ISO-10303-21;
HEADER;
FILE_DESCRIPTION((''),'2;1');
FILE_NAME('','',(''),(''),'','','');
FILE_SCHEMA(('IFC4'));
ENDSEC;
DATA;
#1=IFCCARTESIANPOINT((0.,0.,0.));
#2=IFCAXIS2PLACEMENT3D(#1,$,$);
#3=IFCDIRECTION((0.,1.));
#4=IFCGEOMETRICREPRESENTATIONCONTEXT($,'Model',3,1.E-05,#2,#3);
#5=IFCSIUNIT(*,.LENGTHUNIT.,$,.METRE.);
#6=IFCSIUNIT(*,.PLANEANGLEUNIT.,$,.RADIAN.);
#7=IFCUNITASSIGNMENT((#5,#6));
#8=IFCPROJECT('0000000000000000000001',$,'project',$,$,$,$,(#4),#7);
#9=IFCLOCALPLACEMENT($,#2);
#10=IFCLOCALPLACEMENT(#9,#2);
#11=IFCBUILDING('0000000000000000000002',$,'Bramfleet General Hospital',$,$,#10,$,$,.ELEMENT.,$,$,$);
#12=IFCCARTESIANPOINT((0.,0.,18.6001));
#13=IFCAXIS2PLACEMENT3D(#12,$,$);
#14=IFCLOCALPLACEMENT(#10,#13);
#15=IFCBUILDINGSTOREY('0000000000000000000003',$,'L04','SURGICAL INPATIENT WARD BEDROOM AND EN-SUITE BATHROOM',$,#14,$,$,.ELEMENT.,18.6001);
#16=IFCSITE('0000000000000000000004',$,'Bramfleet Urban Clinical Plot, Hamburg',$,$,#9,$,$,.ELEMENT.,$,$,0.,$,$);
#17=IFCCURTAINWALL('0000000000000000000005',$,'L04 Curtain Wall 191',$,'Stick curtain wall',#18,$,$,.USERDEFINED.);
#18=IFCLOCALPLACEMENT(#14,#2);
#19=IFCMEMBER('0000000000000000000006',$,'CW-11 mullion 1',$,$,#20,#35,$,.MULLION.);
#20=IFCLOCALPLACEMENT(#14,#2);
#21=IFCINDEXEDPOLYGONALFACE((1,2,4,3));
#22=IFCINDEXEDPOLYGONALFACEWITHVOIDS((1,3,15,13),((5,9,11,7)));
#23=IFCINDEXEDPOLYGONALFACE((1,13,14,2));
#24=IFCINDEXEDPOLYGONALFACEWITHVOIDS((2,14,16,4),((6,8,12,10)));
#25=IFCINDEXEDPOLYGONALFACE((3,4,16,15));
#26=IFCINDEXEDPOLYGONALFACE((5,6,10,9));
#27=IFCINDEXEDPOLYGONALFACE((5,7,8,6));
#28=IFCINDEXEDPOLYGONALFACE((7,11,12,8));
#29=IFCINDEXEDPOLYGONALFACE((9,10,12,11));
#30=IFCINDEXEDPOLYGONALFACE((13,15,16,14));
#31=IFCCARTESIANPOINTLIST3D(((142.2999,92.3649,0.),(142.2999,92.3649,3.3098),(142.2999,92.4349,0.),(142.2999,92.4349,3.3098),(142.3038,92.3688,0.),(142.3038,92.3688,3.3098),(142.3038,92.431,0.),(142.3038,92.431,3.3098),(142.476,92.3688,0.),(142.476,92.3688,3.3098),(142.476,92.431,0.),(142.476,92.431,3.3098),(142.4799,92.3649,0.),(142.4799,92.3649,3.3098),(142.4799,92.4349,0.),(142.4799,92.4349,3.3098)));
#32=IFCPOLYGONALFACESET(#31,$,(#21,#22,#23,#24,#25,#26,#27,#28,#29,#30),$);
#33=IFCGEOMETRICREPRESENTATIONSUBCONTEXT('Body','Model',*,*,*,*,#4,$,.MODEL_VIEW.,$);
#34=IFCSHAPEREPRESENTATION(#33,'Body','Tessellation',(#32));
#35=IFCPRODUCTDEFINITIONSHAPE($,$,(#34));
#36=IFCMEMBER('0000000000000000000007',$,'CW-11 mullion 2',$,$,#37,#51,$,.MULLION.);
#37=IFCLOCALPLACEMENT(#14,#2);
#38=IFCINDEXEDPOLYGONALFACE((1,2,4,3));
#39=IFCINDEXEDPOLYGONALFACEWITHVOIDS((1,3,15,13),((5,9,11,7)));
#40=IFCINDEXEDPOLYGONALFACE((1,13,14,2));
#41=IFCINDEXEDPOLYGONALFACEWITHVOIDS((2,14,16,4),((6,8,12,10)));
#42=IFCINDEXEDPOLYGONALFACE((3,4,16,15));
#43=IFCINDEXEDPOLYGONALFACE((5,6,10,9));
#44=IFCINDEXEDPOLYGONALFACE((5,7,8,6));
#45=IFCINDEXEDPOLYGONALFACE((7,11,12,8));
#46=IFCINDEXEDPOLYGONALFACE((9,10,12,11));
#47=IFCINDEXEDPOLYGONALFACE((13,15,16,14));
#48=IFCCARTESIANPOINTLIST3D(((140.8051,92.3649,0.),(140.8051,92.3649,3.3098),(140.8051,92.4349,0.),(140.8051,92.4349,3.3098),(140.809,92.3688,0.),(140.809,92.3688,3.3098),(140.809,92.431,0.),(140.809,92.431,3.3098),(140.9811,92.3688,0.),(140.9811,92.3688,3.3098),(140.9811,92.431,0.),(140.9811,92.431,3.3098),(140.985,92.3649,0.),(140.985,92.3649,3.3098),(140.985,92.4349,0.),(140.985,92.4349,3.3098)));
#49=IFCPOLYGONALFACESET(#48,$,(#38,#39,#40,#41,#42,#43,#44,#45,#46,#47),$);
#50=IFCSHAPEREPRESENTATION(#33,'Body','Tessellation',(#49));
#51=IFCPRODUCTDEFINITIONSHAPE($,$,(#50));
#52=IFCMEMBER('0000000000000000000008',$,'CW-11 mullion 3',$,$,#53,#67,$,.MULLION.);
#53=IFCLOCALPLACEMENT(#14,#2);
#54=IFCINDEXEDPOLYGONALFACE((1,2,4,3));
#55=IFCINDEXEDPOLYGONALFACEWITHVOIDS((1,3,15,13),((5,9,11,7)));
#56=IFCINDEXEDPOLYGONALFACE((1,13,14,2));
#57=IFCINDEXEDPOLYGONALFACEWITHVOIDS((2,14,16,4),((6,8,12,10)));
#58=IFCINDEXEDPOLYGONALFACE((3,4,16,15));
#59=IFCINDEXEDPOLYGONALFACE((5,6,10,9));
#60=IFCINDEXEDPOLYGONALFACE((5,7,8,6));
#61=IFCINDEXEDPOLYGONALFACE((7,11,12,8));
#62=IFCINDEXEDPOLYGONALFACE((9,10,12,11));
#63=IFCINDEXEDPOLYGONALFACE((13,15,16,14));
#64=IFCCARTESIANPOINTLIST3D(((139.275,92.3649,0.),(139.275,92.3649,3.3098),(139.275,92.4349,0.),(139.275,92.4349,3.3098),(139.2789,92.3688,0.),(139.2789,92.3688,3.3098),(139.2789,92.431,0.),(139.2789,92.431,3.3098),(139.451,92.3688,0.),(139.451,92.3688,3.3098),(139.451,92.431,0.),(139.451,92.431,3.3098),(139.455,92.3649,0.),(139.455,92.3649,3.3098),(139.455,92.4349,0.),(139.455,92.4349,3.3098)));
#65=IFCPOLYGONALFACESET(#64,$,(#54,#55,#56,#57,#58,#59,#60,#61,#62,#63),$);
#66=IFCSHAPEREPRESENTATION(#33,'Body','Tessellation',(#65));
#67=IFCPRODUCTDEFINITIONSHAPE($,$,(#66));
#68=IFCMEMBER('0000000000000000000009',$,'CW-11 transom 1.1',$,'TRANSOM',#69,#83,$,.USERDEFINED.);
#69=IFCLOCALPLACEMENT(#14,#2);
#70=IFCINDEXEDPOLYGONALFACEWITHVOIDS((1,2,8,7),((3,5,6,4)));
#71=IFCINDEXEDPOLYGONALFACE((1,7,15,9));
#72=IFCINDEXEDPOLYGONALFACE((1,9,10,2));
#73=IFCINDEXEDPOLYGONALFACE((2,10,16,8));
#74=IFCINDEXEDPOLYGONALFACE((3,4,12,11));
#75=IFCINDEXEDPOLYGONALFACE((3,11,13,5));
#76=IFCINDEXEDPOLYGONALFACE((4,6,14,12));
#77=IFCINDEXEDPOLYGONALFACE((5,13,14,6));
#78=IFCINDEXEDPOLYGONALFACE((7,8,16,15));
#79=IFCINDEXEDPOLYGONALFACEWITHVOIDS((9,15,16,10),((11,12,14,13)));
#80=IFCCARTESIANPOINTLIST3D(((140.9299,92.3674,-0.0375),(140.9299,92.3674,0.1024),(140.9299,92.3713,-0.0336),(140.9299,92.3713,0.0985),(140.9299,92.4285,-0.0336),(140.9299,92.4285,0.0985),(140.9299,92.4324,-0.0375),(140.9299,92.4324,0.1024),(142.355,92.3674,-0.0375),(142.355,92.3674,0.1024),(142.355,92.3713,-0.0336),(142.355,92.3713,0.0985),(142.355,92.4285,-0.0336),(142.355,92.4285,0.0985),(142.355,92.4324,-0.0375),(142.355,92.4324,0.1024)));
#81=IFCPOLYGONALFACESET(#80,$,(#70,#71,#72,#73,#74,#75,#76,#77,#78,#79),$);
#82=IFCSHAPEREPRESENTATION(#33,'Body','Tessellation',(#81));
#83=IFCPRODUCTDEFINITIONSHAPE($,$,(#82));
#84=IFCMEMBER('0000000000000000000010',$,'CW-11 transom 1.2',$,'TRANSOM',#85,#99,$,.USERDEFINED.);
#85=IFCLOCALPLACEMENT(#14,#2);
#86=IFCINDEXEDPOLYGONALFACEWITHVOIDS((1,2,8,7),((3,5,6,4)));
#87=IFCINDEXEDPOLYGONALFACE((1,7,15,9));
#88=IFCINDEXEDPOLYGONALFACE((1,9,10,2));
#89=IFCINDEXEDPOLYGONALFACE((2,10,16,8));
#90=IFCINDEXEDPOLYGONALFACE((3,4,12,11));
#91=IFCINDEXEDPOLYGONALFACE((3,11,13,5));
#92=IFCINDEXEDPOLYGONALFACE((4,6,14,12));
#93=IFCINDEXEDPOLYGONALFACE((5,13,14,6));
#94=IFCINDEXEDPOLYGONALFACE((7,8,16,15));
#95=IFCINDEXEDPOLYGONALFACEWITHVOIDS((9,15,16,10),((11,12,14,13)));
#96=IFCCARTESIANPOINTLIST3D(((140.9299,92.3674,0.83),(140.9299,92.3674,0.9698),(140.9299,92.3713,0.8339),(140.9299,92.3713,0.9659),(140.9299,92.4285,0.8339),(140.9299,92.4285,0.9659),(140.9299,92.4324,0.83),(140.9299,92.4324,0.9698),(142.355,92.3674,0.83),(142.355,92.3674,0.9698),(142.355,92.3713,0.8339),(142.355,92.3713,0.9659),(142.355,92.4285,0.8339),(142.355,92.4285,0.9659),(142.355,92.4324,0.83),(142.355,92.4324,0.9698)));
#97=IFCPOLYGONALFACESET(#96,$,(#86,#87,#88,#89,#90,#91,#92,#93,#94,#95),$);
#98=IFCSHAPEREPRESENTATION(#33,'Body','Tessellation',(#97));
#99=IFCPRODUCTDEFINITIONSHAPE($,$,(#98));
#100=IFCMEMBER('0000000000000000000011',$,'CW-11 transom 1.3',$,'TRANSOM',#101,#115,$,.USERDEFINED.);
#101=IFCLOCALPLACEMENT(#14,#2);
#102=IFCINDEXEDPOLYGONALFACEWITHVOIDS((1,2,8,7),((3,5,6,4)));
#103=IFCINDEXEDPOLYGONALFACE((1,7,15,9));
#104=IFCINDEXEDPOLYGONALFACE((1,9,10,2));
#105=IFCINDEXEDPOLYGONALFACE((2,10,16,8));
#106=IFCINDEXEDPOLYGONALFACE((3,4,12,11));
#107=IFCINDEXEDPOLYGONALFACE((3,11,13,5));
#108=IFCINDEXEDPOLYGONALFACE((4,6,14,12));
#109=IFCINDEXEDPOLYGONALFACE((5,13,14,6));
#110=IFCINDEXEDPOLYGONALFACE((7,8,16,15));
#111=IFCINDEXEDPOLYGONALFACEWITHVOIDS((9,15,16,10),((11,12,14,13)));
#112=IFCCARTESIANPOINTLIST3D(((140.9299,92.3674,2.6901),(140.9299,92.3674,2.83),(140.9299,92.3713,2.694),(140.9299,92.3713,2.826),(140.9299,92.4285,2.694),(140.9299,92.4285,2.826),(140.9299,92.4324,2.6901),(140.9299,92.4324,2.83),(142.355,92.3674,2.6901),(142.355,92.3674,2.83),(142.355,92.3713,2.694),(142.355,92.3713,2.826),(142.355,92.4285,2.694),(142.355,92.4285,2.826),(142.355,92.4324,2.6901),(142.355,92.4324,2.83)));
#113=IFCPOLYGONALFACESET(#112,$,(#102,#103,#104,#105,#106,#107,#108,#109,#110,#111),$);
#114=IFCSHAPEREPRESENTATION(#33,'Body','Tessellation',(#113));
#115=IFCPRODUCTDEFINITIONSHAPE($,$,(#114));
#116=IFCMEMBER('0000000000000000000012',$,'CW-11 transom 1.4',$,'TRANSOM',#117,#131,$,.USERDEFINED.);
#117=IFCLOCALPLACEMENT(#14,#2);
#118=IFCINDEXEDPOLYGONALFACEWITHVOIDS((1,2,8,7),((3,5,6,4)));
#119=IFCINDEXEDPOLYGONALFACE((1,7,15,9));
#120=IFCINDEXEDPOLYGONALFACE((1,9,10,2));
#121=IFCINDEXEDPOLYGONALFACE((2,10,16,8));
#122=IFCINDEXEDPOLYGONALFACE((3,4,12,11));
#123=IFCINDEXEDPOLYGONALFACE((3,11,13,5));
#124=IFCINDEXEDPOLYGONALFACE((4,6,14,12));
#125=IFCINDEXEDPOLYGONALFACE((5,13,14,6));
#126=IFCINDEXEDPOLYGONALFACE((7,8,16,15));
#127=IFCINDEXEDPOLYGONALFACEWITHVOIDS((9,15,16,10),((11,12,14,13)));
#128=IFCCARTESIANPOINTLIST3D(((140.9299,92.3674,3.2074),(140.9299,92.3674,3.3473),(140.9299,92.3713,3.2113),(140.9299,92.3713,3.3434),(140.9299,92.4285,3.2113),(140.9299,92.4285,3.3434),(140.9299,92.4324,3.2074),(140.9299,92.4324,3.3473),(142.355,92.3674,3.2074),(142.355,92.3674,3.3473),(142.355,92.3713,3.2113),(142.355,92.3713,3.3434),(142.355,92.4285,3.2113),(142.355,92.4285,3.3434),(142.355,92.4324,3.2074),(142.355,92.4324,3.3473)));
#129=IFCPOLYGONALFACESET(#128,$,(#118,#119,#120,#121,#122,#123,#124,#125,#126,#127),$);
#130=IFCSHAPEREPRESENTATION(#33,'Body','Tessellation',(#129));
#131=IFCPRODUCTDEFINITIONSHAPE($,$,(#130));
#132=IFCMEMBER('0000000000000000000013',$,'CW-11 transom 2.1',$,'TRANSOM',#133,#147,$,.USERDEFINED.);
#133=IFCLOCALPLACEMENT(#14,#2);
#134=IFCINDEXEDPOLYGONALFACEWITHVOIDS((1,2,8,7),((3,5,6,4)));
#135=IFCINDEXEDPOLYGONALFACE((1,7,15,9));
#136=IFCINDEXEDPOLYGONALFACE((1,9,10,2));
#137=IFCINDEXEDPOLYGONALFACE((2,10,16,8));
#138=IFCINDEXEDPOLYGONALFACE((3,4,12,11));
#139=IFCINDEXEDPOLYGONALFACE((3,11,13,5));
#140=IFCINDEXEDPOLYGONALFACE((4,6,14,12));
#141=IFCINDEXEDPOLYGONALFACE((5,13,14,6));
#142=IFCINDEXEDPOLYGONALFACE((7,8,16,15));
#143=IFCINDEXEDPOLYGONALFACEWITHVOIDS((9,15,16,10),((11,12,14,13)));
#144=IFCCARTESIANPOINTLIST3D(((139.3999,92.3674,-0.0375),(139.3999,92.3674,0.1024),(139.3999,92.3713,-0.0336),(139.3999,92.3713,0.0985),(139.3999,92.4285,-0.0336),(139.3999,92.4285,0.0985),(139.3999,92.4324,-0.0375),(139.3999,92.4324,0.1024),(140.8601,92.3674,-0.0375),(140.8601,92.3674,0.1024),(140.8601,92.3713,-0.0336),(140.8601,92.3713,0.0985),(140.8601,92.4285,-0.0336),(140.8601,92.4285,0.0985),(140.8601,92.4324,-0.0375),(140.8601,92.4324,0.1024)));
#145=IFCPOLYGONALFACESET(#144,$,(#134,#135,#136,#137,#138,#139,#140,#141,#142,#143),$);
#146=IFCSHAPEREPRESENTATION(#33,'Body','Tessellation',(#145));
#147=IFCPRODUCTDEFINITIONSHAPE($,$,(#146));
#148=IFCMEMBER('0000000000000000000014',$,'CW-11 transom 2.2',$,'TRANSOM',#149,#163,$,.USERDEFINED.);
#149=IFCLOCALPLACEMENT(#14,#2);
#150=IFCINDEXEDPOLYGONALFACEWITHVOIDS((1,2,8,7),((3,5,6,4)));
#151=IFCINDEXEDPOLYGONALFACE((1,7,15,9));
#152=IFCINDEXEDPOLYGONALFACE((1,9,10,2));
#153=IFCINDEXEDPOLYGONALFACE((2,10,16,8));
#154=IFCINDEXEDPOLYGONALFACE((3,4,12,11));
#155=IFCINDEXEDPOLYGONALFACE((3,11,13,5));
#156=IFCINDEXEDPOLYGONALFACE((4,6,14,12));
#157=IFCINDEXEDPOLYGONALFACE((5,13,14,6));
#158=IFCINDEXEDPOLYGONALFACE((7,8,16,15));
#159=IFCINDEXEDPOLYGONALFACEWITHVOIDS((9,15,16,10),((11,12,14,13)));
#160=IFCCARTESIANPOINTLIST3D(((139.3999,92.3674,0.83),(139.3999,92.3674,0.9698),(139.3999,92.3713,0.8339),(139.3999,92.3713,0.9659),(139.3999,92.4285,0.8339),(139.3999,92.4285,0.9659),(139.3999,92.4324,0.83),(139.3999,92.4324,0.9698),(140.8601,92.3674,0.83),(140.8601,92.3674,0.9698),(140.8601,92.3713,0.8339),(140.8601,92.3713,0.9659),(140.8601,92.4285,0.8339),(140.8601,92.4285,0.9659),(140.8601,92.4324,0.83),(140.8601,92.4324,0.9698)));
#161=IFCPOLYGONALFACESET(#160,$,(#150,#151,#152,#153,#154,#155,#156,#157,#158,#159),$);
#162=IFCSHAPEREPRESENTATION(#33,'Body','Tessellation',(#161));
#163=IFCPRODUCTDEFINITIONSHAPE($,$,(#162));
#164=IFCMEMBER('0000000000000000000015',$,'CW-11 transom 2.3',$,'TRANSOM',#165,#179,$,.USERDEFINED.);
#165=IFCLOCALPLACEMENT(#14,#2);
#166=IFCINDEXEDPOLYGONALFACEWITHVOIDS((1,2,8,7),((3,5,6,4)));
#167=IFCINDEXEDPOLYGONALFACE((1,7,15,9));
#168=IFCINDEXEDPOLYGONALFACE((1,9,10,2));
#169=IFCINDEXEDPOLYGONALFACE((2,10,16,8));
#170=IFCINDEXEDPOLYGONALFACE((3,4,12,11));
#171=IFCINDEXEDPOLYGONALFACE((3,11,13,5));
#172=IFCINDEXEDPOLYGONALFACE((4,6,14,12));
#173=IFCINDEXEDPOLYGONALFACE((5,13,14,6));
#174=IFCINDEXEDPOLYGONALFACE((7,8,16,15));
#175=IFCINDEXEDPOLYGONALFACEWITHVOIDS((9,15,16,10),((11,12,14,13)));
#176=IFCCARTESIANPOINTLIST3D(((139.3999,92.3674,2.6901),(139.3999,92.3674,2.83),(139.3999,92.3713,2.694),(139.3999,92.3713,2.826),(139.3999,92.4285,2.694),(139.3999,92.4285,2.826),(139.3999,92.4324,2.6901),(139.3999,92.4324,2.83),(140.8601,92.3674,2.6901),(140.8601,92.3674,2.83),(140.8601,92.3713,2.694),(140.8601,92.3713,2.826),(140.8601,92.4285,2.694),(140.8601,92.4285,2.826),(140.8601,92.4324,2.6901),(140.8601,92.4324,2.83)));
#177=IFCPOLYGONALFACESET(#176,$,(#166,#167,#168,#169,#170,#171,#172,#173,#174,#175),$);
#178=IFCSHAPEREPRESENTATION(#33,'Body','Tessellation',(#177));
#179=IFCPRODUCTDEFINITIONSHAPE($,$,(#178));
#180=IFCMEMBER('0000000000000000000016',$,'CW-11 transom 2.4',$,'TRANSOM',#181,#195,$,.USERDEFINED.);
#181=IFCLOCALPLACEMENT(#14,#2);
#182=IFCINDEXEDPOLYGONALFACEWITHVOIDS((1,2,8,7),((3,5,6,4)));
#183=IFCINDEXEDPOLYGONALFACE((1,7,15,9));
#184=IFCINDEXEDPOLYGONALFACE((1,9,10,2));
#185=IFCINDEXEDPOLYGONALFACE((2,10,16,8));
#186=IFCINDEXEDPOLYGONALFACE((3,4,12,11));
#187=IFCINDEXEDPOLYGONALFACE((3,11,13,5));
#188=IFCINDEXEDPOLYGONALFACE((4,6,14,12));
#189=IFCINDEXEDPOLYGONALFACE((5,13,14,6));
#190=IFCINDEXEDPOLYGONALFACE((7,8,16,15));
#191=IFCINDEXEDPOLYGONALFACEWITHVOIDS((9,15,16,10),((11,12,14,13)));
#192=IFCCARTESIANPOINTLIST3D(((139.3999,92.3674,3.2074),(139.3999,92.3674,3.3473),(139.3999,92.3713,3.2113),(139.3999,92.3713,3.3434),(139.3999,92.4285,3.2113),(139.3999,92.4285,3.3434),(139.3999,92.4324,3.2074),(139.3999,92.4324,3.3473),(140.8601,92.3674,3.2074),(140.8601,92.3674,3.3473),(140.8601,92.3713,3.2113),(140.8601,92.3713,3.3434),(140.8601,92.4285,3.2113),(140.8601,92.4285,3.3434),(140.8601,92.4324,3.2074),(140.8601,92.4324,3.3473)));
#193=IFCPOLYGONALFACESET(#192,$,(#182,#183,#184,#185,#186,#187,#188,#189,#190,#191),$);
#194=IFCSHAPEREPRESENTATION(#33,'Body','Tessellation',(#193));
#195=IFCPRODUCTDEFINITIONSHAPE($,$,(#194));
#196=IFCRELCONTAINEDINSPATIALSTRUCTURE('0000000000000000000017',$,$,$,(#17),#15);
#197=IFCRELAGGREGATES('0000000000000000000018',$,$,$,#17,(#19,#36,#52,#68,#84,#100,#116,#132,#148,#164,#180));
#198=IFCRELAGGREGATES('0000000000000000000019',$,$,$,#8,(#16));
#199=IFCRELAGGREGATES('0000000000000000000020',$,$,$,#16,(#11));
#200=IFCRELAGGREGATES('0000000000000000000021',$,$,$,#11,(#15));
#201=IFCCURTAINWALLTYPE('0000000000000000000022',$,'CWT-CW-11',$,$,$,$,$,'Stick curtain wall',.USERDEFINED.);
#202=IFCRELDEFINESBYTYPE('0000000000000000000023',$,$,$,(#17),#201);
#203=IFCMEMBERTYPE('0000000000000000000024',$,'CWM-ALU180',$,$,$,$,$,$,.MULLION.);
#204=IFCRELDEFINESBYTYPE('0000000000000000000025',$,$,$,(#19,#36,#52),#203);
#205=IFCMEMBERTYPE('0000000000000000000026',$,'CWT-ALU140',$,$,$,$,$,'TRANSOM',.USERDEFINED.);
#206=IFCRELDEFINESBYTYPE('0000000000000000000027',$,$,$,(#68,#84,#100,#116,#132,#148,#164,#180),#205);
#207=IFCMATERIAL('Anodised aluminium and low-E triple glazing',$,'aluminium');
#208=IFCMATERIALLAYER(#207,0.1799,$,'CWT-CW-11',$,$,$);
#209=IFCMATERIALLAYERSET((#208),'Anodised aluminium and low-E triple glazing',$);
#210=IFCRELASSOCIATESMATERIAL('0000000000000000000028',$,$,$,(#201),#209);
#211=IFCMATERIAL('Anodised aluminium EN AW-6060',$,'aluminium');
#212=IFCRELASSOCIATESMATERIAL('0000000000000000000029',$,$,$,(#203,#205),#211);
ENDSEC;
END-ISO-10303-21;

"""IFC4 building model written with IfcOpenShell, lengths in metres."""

from ifc_helpers import new_model, si_unit, direction, frame, origin, origin_2d, place, context, subcontext, project, spatial, hollow_rectangle, extrude, material, layer, layer_set, material_profile, profile_set, type_object, element, aggregate, save


model = new_model("IFC4")

# Units and contexts
model_context = context("Model", 3, precision=1e-05, world=origin(), true_north=direction((0.0, 1.0)))
body_context = subcontext(model_context, "Body", "Model", "MODEL_VIEW")
ifc_project = project(units=[si_unit("LENGTHUNIT", "METRE"), si_unit("PLANEANGLEUNIT", "RADIAN")], contexts=[model_context])

# Site, building, storey
site_placement = place(None, origin())
site = spatial("IfcSite", under=ifc_project, at=site_placement, Name="Bramfleet Urban Clinical Plot, Hamburg", CompositionType="ELEMENT", RefElevation=0.0)
building_placement = place(site_placement, origin())
building = spatial("IfcBuilding", under=site, at=building_placement, Name="Bramfleet General Hospital", CompositionType="ELEMENT")
storey_placement = place(building_placement, frame((0.0, 0.0, 18.6001)))
storey = spatial("IfcBuildingStorey", under=building, at=storey_placement, Name="L04", Description="SURGICAL INPATIENT WARD BEDROOM AND EN-SUITE BATHROOM", CompositionType="ELEMENT", Elevation=18.6001)

# Curtain wall, members
ifc_material_1 = material(Name="Anodised aluminium and low-E triple glazing", Category="aluminium")
ifc_layer_1 = layer(ifc_material_1, 0.1799, Name="CWT-CW-11")
ifc_layer_set_1 = layer_set([ifc_layer_1], Name="Anodised aluminium and low-E triple glazing")
curtain_wall_type = type_object("IfcCurtainWallType", Name="CWT-CW-11", ElementType="Stick curtain wall", PredefinedType="USERDEFINED", material=ifc_layer_set_1)
curtain_wall_placement = place(storey_placement, origin())
curtain_wall = element("IfcCurtainWall", 1, at=curtain_wall_placement, inside=storey, type_object=curtain_wall_type, Name="L04 Curtain Wall 191", ObjectType="Stick curtain wall", PredefinedType="USERDEFINED")
ifc_material_2 = material(Name="Anodised aluminium EN AW-6060", Category="aluminium")
ifc_material_profile_1 = material_profile(ifc_material_2, hollow_rectangle(XDim=0.0701, YDim=0.1799, WallThickness=0.0039, at=origin_2d()), Name="ALU 180x70x4.0")
ifc_profile_set_1 = profile_set([ifc_material_profile_1], Name="Anodised aluminium EN AW-6060")
member_type_1 = type_object("IfcMemberType", Name="CWM-ALU180", PredefinedType="MULLION", material=ifc_profile_set_1)
member_1_placement = place(storey_placement, frame((142.3899, 92.3999, 0.0), z_axis=(0.0, 0.0, 1.0), x_axis=(0.0, -1.0, 0.0)))
member_1 = element("IfcMember", 2, at=member_1_placement, type_object=member_type_1, Name="CW-11 mullion 1", PredefinedType="MULLION", context=body_context, shape_type="SweptSolid", body=[
    extrude(hollow_rectangle(XDim=0.0701, YDim=0.1799, WallThickness=0.0039, at=origin_2d()), origin(), (0.0, 0.0, 1.0), 3.3098),
])
member_2_placement = place(storey_placement, frame((140.895, 92.3999, 0.0), z_axis=(0.0, 0.0, 1.0), x_axis=(0.0, -1.0, 0.0)))
member_2 = element("IfcMember", 3, at=member_2_placement, type_object=member_type_1, Name="CW-11 mullion 2", PredefinedType="MULLION", context=body_context, shape_type="SweptSolid", body=[
    extrude(hollow_rectangle(XDim=0.0701, YDim=0.1799, WallThickness=0.0039, at=origin_2d()), origin(), (0.0, 0.0, 1.0), 3.3098),
])
member_3_placement = place(storey_placement, frame((139.365, 92.3999, 0.0), z_axis=(0.0, 0.0, 1.0), x_axis=(0.0, -1.0, 0.0)))
member_3 = element("IfcMember", 4, at=member_3_placement, type_object=member_type_1, Name="CW-11 mullion 3", PredefinedType="MULLION", context=body_context, shape_type="SweptSolid", body=[
    extrude(hollow_rectangle(XDim=0.0701, YDim=0.1799, WallThickness=0.0039, at=origin_2d()), origin(), (0.0, 0.0, 1.0), 3.3098),
])
ifc_material_profile_2 = material_profile(ifc_material_2, hollow_rectangle(XDim=0.0649, YDim=0.1399, WallThickness=0.0039, at=origin_2d()), Name="ALU 140x65x4.0")
ifc_profile_set_2 = profile_set([ifc_material_profile_2], Name="Anodised aluminium EN AW-6060")
member_type_2 = type_object("IfcMemberType", Name="CWT-ALU140", ElementType="TRANSOM", PredefinedType="USERDEFINED", material=ifc_profile_set_2)
member_4_placement = place(storey_placement, frame((142.355, 92.3999, 0.0325), z_axis=(-1.0, 0.0, 0.0), x_axis=(0.0, -1.0, 0.0)))
member_4 = element("IfcMember", 5, at=member_4_placement, type_object=member_type_2, Name="CW-11 transom 1.1", ObjectType="TRANSOM", PredefinedType="USERDEFINED", context=body_context, shape_type="SweptSolid", body=[
    extrude(hollow_rectangle(XDim=0.0649, YDim=0.1399, WallThickness=0.0039, at=origin_2d()), origin(), (0.0, 0.0, 1.0), 1.425),
])
member_5_placement = place(storey_placement, frame((142.355, 92.3999, 0.8999), z_axis=(-1.0, 0.0, 0.0), x_axis=(0.0, -1.0, 0.0)))
member_5 = element("IfcMember", 6, at=member_5_placement, type_object=member_type_2, Name="CW-11 transom 1.2", ObjectType="TRANSOM", PredefinedType="USERDEFINED", context=body_context, shape_type="SweptSolid", body=[
    extrude(hollow_rectangle(XDim=0.0649, YDim=0.1399, WallThickness=0.0039, at=origin_2d()), origin(), (0.0, 0.0, 1.0), 1.425),
])
member_6_placement = place(storey_placement, frame((142.355, 92.3999, 2.76), z_axis=(-1.0, 0.0, 0.0), x_axis=(0.0, -1.0, 0.0)))
member_6 = element("IfcMember", 7, at=member_6_placement, type_object=member_type_2, Name="CW-11 transom 1.3", ObjectType="TRANSOM", PredefinedType="USERDEFINED", context=body_context, shape_type="SweptSolid", body=[
    extrude(hollow_rectangle(XDim=0.0649, YDim=0.1399, WallThickness=0.0039, at=origin_2d()), origin(), (0.0, 0.0, 1.0), 1.425),
])
member_7_placement = place(storey_placement, frame((142.355, 92.3999, 3.2773), z_axis=(-1.0, 0.0, 0.0), x_axis=(0.0, -1.0, 0.0)))
member_7 = element("IfcMember", 8, at=member_7_placement, type_object=member_type_2, Name="CW-11 transom 1.4", ObjectType="TRANSOM", PredefinedType="USERDEFINED", context=body_context, shape_type="SweptSolid", body=[
    extrude(hollow_rectangle(XDim=0.0649, YDim=0.1399, WallThickness=0.0039, at=origin_2d()), origin(), (0.0, 0.0, 1.0), 1.425),
])
member_8_placement = place(storey_placement, frame((140.8601, 92.3999, 0.0325), z_axis=(-1.0, 0.0, 0.0), x_axis=(0.0, -1.0, 0.0)))
member_8 = element("IfcMember", 9, at=member_8_placement, type_object=member_type_2, Name="CW-11 transom 2.1", ObjectType="TRANSOM", PredefinedType="USERDEFINED", context=body_context, shape_type="SweptSolid", body=[
    extrude(hollow_rectangle(XDim=0.0649, YDim=0.1399, WallThickness=0.0039, at=origin_2d()), origin(), (0.0, 0.0, 1.0), 1.4602),
])
member_9_placement = place(storey_placement, frame((140.8601, 92.3999, 0.8999), z_axis=(-1.0, 0.0, 0.0), x_axis=(0.0, -1.0, 0.0)))
member_9 = element("IfcMember", 10, at=member_9_placement, type_object=member_type_2, Name="CW-11 transom 2.2", ObjectType="TRANSOM", PredefinedType="USERDEFINED", context=body_context, shape_type="SweptSolid", body=[
    extrude(hollow_rectangle(XDim=0.0649, YDim=0.1399, WallThickness=0.0039, at=origin_2d()), origin(), (0.0, 0.0, 1.0), 1.4602),
])
member_10_placement = place(storey_placement, frame((140.8601, 92.3999, 2.76), z_axis=(-1.0, 0.0, 0.0), x_axis=(0.0, -1.0, 0.0)))
member_10 = element("IfcMember", 11, at=member_10_placement, type_object=member_type_2, Name="CW-11 transom 2.3", ObjectType="TRANSOM", PredefinedType="USERDEFINED", context=body_context, shape_type="SweptSolid", body=[
    extrude(hollow_rectangle(XDim=0.0649, YDim=0.1399, WallThickness=0.0039, at=origin_2d()), origin(), (0.0, 0.0, 1.0), 1.4602),
])
member_11_placement = place(storey_placement, frame((140.8601, 92.3999, 3.2773), z_axis=(-1.0, 0.0, 0.0), x_axis=(0.0, -1.0, 0.0)))
member_11 = element("IfcMember", 12, at=member_11_placement, type_object=member_type_2, Name="CW-11 transom 2.4", ObjectType="TRANSOM", PredefinedType="USERDEFINED", context=body_context, shape_type="SweptSolid", body=[
    extrude(hollow_rectangle(XDim=0.0649, YDim=0.1399, WallThickness=0.0039, at=origin_2d()), origin(), (0.0, 0.0, 1.0), 1.4602),
])
aggregate(curtain_wall, [member_1, member_2, member_3, member_4, member_5, member_6, member_7, member_8, member_9, member_10, member_11])

save(model, "model.ifc")
